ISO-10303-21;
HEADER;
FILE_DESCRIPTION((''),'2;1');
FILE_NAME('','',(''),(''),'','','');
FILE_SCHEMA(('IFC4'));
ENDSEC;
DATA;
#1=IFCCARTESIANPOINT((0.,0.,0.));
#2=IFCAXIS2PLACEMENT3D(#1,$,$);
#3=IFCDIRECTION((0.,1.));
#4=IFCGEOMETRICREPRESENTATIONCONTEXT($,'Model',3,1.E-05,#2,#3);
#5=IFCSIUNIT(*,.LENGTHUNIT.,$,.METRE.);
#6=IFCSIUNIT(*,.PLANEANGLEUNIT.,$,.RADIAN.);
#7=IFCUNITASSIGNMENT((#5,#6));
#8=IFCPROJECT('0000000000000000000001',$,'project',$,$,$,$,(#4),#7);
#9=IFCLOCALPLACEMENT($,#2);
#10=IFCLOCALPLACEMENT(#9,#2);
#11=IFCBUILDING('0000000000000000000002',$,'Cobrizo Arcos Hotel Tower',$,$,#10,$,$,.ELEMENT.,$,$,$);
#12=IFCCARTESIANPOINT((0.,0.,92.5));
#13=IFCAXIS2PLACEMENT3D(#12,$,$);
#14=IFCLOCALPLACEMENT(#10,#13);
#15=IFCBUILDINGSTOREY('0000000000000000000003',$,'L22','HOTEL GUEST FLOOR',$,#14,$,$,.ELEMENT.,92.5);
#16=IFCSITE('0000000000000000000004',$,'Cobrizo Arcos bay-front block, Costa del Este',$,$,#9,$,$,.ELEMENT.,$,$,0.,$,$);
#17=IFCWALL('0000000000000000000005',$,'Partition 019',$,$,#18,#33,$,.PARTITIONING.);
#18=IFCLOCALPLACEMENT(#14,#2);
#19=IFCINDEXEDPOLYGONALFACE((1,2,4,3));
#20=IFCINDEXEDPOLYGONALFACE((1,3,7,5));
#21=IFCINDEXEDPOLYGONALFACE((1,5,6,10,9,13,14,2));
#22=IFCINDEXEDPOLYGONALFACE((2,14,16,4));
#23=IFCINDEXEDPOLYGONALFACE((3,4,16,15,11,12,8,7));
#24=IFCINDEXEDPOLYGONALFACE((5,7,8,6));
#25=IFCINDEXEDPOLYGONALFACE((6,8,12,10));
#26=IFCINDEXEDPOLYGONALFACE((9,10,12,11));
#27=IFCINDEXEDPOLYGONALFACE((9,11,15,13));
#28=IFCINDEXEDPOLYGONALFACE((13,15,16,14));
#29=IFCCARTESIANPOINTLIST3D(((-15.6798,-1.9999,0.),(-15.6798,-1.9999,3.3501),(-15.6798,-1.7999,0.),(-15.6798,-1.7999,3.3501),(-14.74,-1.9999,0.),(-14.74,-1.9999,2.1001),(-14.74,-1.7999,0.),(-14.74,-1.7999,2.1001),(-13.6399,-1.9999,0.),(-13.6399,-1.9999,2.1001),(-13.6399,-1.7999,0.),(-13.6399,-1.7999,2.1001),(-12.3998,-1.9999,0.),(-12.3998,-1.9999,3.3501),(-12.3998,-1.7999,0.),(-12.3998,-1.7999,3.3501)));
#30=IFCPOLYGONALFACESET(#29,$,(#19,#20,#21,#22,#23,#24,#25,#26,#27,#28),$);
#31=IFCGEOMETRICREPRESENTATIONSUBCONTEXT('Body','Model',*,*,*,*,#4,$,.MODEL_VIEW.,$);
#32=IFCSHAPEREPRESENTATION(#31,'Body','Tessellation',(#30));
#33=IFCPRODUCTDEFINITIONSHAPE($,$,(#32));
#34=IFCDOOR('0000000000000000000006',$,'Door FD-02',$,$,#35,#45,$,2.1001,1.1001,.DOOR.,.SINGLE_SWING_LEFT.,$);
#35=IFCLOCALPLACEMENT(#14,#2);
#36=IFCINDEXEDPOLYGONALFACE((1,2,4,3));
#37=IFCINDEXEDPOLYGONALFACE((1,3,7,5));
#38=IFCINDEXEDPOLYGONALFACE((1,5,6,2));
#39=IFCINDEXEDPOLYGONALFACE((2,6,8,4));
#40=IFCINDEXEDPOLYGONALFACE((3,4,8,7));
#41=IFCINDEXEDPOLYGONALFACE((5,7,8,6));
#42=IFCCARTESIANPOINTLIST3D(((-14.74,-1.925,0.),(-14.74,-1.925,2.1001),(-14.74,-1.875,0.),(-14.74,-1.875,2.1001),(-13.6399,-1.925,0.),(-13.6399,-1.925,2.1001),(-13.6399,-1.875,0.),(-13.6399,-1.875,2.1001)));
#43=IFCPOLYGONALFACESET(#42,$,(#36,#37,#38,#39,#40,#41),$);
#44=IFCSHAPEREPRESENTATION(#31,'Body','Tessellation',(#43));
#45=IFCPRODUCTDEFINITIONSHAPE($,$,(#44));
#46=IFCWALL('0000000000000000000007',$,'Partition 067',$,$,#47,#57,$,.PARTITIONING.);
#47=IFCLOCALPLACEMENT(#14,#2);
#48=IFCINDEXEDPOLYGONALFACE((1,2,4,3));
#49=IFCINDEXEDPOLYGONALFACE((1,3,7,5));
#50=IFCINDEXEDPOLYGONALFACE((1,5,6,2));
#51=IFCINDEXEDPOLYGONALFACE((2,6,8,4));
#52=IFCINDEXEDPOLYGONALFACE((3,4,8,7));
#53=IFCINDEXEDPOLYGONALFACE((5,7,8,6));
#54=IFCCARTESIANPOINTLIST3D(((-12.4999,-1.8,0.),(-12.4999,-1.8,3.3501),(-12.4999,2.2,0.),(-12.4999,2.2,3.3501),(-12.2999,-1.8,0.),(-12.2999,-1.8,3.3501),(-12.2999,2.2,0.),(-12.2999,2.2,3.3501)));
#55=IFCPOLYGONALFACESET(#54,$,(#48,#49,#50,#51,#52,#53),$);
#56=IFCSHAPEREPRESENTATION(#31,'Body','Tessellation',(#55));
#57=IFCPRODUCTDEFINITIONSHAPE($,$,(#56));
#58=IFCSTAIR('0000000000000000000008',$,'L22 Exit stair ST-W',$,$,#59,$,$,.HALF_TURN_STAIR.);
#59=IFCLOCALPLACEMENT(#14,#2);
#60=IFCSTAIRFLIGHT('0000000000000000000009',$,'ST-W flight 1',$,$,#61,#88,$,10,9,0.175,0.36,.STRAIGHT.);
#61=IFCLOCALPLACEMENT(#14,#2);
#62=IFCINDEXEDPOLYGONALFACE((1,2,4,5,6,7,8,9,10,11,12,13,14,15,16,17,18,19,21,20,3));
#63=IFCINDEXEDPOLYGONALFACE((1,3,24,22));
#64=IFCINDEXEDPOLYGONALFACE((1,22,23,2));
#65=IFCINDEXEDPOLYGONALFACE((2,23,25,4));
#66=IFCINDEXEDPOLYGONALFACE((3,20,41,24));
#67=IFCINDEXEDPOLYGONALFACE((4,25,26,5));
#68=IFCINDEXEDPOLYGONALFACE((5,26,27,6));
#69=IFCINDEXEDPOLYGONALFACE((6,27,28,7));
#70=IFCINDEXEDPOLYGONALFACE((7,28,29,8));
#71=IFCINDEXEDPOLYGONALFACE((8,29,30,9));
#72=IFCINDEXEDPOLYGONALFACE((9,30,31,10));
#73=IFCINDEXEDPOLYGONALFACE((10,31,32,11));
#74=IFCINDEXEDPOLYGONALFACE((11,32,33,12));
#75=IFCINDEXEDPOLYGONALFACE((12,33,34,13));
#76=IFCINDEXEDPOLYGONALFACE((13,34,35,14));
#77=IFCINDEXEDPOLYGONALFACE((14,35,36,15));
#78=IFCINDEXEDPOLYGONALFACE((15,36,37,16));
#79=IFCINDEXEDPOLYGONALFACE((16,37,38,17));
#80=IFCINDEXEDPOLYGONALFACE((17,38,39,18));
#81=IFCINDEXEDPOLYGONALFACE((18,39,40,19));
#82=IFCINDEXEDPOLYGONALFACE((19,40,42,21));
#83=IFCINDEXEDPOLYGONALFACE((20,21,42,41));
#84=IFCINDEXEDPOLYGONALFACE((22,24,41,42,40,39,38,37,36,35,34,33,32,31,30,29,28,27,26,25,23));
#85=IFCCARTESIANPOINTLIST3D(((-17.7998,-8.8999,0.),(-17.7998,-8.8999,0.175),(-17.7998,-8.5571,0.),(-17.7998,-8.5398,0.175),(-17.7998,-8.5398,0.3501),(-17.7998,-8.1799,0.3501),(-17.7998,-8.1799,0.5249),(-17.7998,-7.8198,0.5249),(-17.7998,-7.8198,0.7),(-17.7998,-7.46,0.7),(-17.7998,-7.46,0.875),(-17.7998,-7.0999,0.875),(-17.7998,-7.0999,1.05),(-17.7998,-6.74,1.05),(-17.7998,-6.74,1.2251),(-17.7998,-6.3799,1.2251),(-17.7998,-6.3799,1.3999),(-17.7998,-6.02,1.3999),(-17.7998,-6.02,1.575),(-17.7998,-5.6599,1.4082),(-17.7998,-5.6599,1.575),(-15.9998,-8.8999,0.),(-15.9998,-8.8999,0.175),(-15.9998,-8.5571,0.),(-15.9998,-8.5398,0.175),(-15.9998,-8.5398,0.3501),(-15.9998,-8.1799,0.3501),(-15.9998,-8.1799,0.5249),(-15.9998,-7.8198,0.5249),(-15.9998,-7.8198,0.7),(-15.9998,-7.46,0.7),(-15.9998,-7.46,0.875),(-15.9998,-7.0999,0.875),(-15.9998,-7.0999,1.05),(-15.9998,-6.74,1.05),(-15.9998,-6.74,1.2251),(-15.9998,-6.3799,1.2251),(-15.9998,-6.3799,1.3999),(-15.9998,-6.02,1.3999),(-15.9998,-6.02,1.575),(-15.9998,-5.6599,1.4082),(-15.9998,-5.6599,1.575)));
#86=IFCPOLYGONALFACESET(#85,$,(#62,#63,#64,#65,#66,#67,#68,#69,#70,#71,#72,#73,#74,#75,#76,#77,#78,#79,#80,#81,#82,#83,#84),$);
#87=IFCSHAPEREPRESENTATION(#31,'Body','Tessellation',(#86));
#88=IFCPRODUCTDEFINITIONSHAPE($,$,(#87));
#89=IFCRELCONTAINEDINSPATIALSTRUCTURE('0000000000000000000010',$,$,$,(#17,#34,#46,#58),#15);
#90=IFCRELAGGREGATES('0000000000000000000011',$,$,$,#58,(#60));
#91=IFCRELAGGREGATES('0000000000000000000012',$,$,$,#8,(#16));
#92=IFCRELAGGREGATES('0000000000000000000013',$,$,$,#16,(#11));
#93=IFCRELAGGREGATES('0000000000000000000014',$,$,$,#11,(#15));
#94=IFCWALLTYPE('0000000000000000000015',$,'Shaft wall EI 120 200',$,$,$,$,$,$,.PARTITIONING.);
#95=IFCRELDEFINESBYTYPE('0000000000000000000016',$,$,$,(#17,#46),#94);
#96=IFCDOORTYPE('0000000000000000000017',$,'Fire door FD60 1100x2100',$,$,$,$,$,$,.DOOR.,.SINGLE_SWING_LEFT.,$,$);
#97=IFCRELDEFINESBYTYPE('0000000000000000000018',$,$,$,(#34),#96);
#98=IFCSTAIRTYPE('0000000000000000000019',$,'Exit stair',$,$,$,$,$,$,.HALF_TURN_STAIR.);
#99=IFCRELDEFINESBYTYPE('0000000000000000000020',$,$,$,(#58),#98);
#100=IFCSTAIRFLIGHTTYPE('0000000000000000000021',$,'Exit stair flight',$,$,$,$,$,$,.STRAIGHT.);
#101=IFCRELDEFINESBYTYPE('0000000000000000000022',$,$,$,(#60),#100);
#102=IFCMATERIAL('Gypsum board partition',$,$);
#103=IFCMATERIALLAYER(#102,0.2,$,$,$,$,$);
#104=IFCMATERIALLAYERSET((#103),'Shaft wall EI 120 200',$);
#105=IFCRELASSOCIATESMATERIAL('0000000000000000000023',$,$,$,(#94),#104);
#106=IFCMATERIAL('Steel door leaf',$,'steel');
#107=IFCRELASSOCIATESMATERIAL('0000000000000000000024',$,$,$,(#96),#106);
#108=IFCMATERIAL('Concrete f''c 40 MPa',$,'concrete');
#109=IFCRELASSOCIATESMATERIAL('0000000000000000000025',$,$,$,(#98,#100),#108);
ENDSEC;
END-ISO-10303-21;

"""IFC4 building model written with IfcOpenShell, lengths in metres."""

from ifc_helpers import new_model, si_unit, direction, frame, frame_2d, origin, place, context, subcontext, project, spatial, polyline, rectangle, outline, extrude, material, layer, layer_set, type_object, element, fill, aggregate, save


model = new_model("IFC4")

# Units and contexts
model_context = context("Model", 3, precision=1e-05, world=origin(), true_north=direction((0.0, 1.0)))
body_context = subcontext(model_context, "Body", "Model", "MODEL_VIEW")
ifc_project = project(units=[si_unit("LENGTHUNIT", "METRE"), si_unit("PLANEANGLEUNIT", "RADIAN")], contexts=[model_context])

# Site, building, storey
site_placement = place(None, origin())
site = spatial("IfcSite", under=ifc_project, at=site_placement, Name="Cobrizo Arcos bay-front block, Costa del Este", CompositionType="ELEMENT", RefElevation=0.0)
building_placement = place(site_placement, origin())
building = spatial("IfcBuilding", under=site, at=building_placement, Name="Cobrizo Arcos Hotel Tower", CompositionType="ELEMENT")
storey_placement = place(building_placement, frame((0.0, 0.0, 92.5)))
storey = spatial("IfcBuildingStorey", under=building, at=storey_placement, Name="L22", Description="HOTEL GUEST FLOOR", CompositionType="ELEMENT", Elevation=92.5)

# Shared definitions
ifc_material_1 = material(Name="Gypsum board partition")

# Wall, opening, door
ifc_layer_1 = layer(ifc_material_1, 0.2)
ifc_layer_set_1 = layer_set([ifc_layer_1], Name="Shaft wall EI 120 200")
wall_type_1 = type_object("IfcWallType", Name="Shaft wall EI 120 200", PredefinedType="PARTITIONING", material=ifc_layer_set_1)
wall_1_placement = place(storey_placement, frame((-15.6799, -1.8999, 0.0), z_axis=(0.0, 0.0, 1.0), x_axis=(1.0, 0.0, 0.0)))
wall_1 = element("IfcWall", 1, at=wall_1_placement, inside=storey, type_object=wall_type_1, Name="Partition 019", PredefinedType="PARTITIONING", context=body_context, shape_type="SweptSolid", body=[
    extrude(rectangle(XDim=3.28, YDim=0.2, at=frame_2d((1.6401, 0.0))), origin(), (0.0, 0.0, 1.0), 3.3501),
])
opening_placement = place(wall_1_placement, frame((0.9399, 0.0, 0.0)))
opening = element("IfcOpeningElement", 2, at=opening_placement, cuts=wall_1, PredefinedType="OPENING", context=body_context, shape_type="SweptSolid", body=[
    extrude(rectangle(XDim=1.1001, YDim=2.1001, at=frame_2d((0.55, 1.05))), frame((0.0, 0.1121, 0.0), z_axis=(0.0, -1.0, 0.0), x_axis=(1.0, 0.0, 0.0)), (0.0, 0.0, 1.0), 0.2239),
])
ifc_material_2 = material(Name="Steel door leaf", Category="steel")
door_type = type_object("IfcDoorType", Name="Fire door FD60 1100x2100", OperationType="SINGLE_SWING_LEFT", PredefinedType="DOOR", material=ifc_material_2)
door_placement = place(opening_placement, origin())
door = element("IfcDoor", 3, at=door_placement, inside=storey, type_object=door_type, Name="Door FD-02", OperationType="SINGLE_SWING_LEFT", OverallHeight=2.1001, OverallWidth=1.1001, PredefinedType="DOOR", context=body_context, shape_type="SweptSolid", body=[
    extrude(rectangle(XDim=1.1001, YDim=2.1001, at=frame_2d((0.55, 1.05))), frame((0.0, 0.0249, 0.0), z_axis=(0.0, -1.0, 0.0), x_axis=(1.0, 0.0, 0.0)), (0.0, 0.0, 1.0), 0.05),
])
fill(opening, door)

# Wall
wall_2_placement = place(storey_placement, frame((-12.3999, -1.8, 0.0), z_axis=(0.0, 0.0, 1.0), x_axis=(0.0, 1.0, 0.0)))
element("IfcWall", 4, at=wall_2_placement, inside=storey, type_object=wall_type_1, Name="Partition 067", PredefinedType="PARTITIONING", context=body_context, shape_type="SweptSolid", body=[
    extrude(rectangle(XDim=4.0, YDim=0.2, at=frame_2d((2.0, 0.0))), origin(), (0.0, 0.0, 1.0), 3.3501),
])

# Stair, stair flight
ifc_material_3 = material(Name="Concrete f'c 40 MPa", Category="concrete")
stair_type = type_object("IfcStairType", Name="Exit stair", PredefinedType="HALF_TURN_STAIR", material=ifc_material_3)
stair_placement = place(storey_placement, origin())
stair = element("IfcStair", 5, at=stair_placement, inside=storey, type_object=stair_type, Name="L22 Exit stair ST-W", PredefinedType="HALF_TURN_STAIR")
stair_flight_type = type_object("IfcStairFlightType", Name="Exit stair flight", PredefinedType="STRAIGHT", material=ifc_material_3)
stair_flight_placement = place(storey_placement, frame((-16.8999, -8.8999, 0.0), z_axis=(0.0, 0.0, 1.0), x_axis=(0.0, 1.0, 0.0)))
stair_flight = element("IfcStairFlight", 6, at=stair_flight_placement, type_object=stair_flight_type, Name="ST-W flight 1", NumberOfRisers=10, NumberOfTreads=9, PredefinedType="STRAIGHT", RiserHeight=0.175, TreadLength=0.36, context=body_context, shape_type="SweptSolid", body=[
    extrude(outline(polyline([(0.0, 0.0), (0.0, 0.175), (0.3601, 0.175), (0.3601, 0.3501), (0.72, 0.3501), (0.72, 0.5249), (1.0801, 0.5249), (1.0801, 0.7), (1.4399, 0.7), (1.4399, 0.875), (1.8, 0.875), (1.8, 1.05), (2.1599, 1.05), (2.1599, 1.2251), (2.52, 1.2251), (2.52, 1.3999), (2.8799, 1.3999), (2.8799, 1.575), (3.24, 1.575), (3.24, 1.75), (3.24, 1.4082), (0.3428, 0.0), (0.0, 0.0)])), frame((0.0, 0.8999, 0.0), z_axis=(0.0, -1.0, 0.0), x_axis=(1.0, 0.0, 0.0)), (0.0, 0.0, 1.0), 1.8),
])
aggregate(stair, [stair_flight])

save(model, "model.ifc")
